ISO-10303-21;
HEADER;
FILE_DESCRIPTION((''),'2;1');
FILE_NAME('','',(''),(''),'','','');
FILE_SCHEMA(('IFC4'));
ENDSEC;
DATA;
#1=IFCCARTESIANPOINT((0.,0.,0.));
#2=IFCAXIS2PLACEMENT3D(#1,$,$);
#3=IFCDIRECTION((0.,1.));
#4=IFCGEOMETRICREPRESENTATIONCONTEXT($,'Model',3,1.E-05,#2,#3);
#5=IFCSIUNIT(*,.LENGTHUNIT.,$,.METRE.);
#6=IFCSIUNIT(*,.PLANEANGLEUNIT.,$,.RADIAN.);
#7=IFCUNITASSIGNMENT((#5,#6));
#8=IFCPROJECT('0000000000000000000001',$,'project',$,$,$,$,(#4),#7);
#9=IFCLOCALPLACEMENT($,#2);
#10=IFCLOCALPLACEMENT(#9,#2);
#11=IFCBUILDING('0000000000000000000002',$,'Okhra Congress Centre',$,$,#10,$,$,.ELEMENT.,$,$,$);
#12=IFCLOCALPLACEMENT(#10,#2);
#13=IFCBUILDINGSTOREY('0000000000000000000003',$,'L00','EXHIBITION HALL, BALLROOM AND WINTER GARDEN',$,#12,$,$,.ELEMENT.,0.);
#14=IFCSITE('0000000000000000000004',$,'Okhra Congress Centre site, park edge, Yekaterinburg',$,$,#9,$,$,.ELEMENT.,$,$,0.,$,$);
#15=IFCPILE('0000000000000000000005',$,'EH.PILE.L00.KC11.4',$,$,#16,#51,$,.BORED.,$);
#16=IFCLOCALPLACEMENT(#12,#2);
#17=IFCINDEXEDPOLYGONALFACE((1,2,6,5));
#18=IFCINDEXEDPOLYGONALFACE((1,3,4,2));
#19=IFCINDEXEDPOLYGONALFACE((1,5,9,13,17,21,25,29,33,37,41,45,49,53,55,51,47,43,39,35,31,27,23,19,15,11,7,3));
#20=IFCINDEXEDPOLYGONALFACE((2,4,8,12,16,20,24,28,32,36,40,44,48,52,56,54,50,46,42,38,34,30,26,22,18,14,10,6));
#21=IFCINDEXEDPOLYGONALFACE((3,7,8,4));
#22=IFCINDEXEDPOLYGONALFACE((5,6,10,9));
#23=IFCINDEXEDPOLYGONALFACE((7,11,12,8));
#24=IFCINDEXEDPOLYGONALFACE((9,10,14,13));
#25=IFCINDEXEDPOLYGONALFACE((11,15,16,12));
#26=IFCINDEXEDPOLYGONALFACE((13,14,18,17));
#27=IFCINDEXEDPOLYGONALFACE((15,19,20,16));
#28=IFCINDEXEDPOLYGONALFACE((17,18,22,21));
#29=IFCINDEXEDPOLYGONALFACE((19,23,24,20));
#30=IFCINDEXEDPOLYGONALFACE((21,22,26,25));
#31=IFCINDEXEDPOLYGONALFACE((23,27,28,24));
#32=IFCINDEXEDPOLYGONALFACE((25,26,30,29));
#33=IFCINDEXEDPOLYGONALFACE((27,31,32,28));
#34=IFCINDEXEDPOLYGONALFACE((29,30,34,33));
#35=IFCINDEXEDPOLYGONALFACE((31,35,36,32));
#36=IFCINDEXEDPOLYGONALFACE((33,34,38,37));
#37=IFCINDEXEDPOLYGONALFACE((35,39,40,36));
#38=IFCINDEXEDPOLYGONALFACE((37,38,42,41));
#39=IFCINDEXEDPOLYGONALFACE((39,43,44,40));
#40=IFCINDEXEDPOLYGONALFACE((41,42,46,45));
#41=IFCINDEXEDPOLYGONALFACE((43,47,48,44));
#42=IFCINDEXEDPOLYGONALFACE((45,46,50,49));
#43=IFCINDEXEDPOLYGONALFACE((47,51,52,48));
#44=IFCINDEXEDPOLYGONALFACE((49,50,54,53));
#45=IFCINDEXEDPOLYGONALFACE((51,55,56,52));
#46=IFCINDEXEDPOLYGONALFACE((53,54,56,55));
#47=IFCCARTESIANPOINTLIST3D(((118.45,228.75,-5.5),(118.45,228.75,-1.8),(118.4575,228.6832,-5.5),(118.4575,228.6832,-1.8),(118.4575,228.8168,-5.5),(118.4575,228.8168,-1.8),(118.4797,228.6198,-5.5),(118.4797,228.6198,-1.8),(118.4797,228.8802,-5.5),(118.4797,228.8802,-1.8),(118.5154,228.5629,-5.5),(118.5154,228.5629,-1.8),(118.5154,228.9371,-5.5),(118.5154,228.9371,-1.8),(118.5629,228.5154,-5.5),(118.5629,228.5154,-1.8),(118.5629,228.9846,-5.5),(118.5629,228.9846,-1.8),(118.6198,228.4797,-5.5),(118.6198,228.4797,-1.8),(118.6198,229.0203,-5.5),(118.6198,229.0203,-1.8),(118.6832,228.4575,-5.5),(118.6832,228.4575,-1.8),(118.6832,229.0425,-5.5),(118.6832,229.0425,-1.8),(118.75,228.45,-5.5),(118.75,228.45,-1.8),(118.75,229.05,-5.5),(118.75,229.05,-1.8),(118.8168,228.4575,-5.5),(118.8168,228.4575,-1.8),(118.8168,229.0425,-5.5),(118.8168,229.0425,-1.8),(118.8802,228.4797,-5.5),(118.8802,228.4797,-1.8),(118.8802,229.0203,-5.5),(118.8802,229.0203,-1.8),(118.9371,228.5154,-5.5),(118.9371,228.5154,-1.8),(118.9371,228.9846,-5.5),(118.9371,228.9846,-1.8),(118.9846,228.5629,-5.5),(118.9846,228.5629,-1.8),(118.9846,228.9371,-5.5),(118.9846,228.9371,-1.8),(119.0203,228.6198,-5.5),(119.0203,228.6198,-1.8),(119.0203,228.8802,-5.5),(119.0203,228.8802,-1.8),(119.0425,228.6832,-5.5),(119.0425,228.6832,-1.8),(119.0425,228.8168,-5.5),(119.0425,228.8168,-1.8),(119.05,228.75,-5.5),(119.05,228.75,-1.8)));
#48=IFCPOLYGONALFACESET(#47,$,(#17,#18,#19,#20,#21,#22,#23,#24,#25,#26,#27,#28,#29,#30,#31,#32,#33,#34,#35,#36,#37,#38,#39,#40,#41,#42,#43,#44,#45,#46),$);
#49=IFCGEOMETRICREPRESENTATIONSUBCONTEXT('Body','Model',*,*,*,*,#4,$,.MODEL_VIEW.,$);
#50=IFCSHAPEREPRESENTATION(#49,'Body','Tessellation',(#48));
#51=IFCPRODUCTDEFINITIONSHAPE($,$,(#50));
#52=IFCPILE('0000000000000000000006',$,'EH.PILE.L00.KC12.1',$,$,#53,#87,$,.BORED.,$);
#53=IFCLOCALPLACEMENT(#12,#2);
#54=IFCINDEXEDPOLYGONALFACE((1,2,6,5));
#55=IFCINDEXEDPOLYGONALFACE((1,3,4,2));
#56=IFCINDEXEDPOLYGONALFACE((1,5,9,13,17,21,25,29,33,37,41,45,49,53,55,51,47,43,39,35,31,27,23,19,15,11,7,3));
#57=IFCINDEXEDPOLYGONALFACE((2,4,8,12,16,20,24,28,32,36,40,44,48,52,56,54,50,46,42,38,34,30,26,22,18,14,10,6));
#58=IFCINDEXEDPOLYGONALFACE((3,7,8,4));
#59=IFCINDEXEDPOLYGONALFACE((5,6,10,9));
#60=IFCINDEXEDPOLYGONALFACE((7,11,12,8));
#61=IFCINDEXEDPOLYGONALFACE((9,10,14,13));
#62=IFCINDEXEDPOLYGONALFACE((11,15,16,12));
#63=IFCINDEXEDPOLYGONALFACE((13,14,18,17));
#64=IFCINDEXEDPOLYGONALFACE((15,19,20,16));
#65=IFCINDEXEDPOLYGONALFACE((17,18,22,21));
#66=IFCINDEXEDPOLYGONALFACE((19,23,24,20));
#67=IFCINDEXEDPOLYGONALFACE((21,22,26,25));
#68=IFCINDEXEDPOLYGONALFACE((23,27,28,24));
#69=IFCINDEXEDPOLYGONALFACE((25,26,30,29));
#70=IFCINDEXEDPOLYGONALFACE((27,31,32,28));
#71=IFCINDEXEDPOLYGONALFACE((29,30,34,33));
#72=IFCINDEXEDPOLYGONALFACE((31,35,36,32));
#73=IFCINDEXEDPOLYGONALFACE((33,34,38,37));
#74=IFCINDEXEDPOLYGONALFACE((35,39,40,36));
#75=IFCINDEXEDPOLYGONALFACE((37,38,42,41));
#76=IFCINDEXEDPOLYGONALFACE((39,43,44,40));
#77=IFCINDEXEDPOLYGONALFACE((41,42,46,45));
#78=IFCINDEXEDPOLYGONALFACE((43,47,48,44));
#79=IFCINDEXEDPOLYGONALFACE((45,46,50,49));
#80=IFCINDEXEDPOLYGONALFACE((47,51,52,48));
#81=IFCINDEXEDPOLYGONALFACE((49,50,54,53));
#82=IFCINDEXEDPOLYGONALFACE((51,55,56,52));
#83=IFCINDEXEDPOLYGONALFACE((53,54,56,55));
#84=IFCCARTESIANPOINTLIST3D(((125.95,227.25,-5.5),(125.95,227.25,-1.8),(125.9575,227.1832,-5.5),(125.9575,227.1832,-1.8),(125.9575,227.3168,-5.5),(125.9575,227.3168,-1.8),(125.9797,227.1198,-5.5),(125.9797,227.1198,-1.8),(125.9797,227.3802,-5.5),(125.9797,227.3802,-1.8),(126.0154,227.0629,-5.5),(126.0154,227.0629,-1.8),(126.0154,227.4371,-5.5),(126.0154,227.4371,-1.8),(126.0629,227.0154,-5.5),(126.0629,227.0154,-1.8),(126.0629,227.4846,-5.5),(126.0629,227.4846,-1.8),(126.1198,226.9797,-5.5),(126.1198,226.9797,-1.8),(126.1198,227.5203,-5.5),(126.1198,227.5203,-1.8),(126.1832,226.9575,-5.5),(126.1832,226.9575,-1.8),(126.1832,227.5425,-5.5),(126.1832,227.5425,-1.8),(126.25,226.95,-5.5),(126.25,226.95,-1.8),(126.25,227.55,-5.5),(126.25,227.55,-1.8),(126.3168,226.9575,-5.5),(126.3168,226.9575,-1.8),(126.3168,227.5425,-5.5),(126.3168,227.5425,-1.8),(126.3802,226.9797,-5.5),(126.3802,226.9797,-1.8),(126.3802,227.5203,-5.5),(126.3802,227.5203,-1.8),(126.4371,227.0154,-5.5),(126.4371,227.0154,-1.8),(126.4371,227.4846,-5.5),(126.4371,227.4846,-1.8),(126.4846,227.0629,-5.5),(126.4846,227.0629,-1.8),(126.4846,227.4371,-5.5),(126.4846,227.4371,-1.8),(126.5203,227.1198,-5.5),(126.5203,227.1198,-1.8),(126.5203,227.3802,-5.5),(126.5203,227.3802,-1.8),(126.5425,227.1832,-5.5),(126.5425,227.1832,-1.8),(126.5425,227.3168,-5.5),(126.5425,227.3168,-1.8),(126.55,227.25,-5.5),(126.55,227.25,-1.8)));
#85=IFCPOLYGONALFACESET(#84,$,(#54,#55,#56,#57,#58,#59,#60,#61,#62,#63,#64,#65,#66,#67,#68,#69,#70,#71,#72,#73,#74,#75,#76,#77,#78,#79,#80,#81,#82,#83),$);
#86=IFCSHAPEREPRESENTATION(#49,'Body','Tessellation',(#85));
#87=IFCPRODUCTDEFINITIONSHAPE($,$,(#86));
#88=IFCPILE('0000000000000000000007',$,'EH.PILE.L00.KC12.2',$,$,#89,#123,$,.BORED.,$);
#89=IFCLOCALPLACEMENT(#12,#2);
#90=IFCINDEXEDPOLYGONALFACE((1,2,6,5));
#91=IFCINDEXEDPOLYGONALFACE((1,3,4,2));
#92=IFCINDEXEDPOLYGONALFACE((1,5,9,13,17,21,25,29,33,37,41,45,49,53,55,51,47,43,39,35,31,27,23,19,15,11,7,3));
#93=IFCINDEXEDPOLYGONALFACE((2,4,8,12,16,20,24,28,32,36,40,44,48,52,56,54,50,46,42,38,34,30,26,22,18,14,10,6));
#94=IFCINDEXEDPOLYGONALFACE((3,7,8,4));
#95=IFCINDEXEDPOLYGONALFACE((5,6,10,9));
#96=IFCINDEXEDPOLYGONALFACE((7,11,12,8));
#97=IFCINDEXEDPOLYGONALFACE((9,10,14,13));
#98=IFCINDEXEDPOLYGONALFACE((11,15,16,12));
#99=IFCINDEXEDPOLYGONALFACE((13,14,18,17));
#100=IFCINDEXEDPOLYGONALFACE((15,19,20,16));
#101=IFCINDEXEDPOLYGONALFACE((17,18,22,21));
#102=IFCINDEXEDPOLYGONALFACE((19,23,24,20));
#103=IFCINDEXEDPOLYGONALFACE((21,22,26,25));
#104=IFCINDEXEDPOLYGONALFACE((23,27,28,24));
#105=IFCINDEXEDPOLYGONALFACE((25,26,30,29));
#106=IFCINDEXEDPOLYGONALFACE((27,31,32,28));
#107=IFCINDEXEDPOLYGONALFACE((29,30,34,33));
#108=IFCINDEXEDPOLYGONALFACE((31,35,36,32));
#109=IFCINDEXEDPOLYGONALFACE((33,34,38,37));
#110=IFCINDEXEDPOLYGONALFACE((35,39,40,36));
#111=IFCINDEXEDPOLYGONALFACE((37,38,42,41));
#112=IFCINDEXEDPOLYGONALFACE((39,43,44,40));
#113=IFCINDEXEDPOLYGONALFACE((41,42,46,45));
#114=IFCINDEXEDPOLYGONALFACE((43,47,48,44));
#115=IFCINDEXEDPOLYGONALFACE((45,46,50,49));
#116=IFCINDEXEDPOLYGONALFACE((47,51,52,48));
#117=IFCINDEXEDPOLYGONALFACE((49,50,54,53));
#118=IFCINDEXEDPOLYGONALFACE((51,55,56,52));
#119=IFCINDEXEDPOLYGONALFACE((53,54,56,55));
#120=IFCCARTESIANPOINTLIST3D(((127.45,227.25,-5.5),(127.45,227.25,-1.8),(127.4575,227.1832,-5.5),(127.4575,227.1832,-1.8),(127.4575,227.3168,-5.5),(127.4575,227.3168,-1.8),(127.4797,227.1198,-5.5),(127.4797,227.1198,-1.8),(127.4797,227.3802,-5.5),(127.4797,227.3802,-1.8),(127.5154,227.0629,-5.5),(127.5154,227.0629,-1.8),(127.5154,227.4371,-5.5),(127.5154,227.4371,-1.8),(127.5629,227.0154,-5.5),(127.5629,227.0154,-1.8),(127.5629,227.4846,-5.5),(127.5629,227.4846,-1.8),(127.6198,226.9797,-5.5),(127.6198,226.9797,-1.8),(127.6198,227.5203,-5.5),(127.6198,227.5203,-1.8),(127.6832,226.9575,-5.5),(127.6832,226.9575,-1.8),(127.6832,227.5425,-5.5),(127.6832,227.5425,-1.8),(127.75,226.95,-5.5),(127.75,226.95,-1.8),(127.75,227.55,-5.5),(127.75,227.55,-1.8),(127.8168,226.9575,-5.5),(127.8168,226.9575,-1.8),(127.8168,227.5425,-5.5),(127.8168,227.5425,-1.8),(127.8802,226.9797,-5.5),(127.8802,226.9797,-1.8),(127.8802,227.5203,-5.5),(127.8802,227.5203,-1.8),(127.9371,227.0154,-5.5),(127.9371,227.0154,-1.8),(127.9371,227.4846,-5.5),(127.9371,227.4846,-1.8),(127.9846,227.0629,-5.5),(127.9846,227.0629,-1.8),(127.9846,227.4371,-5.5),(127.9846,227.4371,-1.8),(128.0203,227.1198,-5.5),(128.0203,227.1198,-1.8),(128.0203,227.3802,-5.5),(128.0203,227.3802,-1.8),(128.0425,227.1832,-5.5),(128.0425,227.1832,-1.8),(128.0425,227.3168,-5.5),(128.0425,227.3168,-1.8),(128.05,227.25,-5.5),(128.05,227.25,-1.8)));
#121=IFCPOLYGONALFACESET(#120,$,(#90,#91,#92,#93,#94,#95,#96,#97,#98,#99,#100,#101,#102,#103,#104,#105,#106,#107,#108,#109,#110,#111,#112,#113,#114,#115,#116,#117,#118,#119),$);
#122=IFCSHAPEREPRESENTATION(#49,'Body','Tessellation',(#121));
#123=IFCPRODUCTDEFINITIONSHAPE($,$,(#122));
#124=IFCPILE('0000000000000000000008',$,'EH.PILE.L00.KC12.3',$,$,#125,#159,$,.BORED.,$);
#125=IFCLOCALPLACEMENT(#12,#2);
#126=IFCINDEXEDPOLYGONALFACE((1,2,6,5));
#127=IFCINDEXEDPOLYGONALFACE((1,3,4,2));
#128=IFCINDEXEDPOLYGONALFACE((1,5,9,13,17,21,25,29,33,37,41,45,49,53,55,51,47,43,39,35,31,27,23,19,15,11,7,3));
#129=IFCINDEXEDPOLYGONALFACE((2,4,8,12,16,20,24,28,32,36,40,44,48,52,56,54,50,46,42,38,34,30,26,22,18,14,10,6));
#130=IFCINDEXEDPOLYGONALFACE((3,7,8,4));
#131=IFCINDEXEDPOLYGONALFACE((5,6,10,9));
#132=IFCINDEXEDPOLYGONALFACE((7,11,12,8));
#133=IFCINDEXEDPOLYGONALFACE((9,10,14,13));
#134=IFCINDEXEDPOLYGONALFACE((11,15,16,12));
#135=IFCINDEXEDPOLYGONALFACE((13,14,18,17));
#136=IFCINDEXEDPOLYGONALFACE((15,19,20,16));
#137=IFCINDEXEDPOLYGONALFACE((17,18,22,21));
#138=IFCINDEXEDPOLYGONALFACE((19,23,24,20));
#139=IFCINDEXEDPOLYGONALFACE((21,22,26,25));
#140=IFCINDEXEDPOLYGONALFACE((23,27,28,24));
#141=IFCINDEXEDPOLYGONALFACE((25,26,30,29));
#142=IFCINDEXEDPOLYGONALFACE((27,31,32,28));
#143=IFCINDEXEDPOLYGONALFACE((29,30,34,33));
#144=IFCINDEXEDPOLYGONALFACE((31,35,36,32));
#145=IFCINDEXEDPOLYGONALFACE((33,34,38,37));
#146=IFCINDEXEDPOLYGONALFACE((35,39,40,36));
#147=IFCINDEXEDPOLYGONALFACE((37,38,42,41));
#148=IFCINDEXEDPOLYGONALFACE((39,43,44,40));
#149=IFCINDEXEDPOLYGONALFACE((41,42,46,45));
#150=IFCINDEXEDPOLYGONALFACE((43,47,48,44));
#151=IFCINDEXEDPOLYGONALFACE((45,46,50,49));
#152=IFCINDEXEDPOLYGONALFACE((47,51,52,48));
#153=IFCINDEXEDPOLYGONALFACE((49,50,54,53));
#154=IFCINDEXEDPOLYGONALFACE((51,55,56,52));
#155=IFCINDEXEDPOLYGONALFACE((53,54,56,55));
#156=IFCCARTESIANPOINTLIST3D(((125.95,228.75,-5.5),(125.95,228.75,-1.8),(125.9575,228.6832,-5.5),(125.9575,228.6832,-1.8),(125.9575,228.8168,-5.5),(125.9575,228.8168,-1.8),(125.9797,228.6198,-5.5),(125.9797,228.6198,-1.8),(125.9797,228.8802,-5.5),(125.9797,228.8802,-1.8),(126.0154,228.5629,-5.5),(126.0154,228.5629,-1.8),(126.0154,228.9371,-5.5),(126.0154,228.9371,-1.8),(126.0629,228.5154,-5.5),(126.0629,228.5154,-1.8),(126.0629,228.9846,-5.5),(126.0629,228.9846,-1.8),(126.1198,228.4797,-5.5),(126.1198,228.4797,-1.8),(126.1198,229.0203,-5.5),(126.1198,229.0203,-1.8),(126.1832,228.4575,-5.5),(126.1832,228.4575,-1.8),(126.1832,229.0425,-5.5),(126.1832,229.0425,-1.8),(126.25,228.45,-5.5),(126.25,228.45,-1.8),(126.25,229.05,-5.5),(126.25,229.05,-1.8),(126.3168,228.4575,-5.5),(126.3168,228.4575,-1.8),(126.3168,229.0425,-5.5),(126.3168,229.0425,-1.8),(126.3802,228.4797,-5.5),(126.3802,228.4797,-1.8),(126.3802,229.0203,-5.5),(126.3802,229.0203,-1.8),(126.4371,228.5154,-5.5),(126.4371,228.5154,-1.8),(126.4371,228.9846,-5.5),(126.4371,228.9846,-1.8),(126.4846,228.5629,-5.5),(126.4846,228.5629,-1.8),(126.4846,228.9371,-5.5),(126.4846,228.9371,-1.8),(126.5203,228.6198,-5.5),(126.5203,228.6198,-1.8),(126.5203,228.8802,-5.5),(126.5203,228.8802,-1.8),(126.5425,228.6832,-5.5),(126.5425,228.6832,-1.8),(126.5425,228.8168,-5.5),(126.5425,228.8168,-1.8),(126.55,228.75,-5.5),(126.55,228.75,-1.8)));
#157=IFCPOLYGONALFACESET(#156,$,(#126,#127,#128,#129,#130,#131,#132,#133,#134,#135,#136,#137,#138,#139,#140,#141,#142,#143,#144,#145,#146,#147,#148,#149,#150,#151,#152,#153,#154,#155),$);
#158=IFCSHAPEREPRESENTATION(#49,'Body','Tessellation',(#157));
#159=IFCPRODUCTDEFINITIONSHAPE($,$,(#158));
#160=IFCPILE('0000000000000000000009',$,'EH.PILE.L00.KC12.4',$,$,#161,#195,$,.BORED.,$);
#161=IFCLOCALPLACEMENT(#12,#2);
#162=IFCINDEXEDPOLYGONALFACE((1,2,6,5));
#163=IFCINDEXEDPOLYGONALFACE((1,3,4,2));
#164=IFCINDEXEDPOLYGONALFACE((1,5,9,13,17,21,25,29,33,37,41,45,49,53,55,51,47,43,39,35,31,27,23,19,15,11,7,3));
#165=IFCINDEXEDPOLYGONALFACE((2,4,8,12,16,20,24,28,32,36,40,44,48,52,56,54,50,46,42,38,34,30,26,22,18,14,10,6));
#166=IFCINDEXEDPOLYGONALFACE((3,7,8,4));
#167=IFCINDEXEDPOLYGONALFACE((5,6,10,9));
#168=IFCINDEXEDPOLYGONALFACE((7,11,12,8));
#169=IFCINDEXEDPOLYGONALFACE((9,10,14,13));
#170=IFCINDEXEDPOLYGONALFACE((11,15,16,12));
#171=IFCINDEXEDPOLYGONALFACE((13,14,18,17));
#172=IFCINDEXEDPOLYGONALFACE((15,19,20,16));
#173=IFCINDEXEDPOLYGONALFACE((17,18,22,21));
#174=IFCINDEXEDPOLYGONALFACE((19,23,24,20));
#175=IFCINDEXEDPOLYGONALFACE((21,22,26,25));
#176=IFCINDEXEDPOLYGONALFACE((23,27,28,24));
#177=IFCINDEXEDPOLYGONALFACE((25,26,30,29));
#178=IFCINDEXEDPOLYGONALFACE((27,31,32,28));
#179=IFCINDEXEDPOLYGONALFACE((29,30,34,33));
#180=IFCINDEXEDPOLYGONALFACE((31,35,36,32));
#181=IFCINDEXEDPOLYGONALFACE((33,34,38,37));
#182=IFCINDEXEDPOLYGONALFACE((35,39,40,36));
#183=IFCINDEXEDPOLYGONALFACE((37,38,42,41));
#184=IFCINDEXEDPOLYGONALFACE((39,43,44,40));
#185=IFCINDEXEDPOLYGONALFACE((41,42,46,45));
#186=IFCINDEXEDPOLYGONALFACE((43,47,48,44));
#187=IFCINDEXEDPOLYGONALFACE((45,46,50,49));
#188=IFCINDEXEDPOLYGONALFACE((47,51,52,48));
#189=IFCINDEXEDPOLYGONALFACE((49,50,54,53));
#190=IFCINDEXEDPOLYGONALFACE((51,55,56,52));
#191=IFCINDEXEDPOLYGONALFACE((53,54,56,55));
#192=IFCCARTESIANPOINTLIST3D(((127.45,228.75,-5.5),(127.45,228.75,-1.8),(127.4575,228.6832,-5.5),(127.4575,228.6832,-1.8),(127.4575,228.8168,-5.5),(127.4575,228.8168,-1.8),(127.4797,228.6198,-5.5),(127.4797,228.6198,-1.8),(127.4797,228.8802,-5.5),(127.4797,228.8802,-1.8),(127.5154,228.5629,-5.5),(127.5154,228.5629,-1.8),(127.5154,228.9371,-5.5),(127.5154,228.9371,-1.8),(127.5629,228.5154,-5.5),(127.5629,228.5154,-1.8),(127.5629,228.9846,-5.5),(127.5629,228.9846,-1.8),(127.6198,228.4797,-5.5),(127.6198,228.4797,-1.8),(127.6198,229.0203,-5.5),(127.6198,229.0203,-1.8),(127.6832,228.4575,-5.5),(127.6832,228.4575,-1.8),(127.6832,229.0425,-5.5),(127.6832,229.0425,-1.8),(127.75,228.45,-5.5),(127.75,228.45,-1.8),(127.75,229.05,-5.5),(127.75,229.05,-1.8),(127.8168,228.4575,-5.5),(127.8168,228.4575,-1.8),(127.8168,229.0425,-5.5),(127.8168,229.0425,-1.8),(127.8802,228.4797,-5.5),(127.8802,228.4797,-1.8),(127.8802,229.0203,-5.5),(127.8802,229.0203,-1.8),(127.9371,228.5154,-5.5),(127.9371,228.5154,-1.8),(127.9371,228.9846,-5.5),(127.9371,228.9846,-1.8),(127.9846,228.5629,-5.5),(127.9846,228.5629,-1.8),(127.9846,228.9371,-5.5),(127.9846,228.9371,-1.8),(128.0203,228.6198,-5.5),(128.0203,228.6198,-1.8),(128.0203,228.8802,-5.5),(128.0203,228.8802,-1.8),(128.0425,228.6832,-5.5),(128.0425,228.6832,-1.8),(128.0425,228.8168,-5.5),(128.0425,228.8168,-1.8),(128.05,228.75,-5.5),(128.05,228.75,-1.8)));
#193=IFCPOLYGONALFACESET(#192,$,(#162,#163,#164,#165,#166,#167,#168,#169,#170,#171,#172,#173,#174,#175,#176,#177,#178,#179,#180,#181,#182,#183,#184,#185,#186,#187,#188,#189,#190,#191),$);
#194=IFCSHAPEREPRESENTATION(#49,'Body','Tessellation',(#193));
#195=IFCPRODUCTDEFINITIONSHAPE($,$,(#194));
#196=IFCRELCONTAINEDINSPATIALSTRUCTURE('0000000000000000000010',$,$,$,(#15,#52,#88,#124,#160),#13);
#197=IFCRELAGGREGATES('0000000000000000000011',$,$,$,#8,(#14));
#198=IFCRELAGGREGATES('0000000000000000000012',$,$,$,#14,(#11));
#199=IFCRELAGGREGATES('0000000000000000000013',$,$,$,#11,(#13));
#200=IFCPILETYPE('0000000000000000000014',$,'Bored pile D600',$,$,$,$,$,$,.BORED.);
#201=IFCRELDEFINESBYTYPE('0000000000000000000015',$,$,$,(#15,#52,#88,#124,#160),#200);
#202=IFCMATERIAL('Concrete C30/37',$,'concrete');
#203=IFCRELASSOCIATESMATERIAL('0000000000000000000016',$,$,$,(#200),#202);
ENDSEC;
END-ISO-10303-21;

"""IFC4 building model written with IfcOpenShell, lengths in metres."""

from ifc_helpers import new_model, si_unit, direction, frame, origin, origin_2d, place, context, subcontext, project, spatial, circle, extrude, material, material_profile, profile_set, type_object, element, save


model = new_model("IFC4")

# Units and contexts
model_context = context("Model", 3, precision=1e-05, world=origin(), true_north=direction((0.0, 1.0)))
body_context = subcontext(model_context, "Body", "Model", "MODEL_VIEW")
ifc_project = project(units=[si_unit("LENGTHUNIT", "METRE"), si_unit("PLANEANGLEUNIT", "RADIAN")], contexts=[model_context])

# Site, building, storey
site_placement = place(None, origin())
site = spatial("IfcSite", under=ifc_project, at=site_placement, Name="Okhra Congress Centre site, park edge, Yekaterinburg", CompositionType="ELEMENT", RefElevation=0.0)
building_placement = place(site_placement, origin())
building = spatial("IfcBuilding", under=site, at=building_placement, Name="Okhra Congress Centre", CompositionType="ELEMENT")
storey_placement = place(building_placement, origin())
storey = spatial("IfcBuildingStorey", under=building, at=storey_placement, Name="L00", Description="EXHIBITION HALL, BALLROOM AND WINTER GARDEN", CompositionType="ELEMENT", Elevation=0.0)

# Piles
ifc_material_1 = material(Name="Concrete C30/37", Category="concrete")
ifc_material_profile_1 = material_profile(ifc_material_1, circle(Radius=0.3, at=origin_2d()), Name="D600")
ifc_profile_set_1 = profile_set([ifc_material_profile_1], Name="Concrete C30/37")
pile_type = type_object("IfcPileType", Name="Bored pile D600", PredefinedType="BORED", material=ifc_profile_set_1)
for number, where, z_axis, x_axis, name in (
    (1, (118.75, 228.75, -1.8), (0.0, 0.0, -1.0), (1.0, 0.0, 0.0), "EH.PILE.L00.KC11.4"),
    (2, (126.25, 227.25, -1.8), (0.0, 0.0, -1.0), (1.0, 0.0, 0.0), "EH.PILE.L00.KC12.1"),
    (3, (127.75, 227.25, -1.8), (0.0, 0.0, -1.0), (1.0, 0.0, 0.0), "EH.PILE.L00.KC12.2"),
    (4, (126.25, 228.75, -1.8), (0.0, 0.0, -1.0), (1.0, 0.0, 0.0), "EH.PILE.L00.KC12.3"),
    (5, (127.75, 228.75, -1.8), (0.0, 0.0, -1.0), (1.0, 0.0, 0.0), "EH.PILE.L00.KC12.4"),
):
    element("IfcPile", number, at=place(storey_placement, frame(where, z_axis=z_axis, x_axis=x_axis)), inside=storey, type_object=pile_type, Name=name, PredefinedType="BORED", context=body_context, shape_type="SweptSolid", body=[
        extrude(circle(Radius=0.3, at=origin_2d()), origin(), (0.0, 0.0, 1.0), 3.7),
    ])

save(model, "model.ifc")
